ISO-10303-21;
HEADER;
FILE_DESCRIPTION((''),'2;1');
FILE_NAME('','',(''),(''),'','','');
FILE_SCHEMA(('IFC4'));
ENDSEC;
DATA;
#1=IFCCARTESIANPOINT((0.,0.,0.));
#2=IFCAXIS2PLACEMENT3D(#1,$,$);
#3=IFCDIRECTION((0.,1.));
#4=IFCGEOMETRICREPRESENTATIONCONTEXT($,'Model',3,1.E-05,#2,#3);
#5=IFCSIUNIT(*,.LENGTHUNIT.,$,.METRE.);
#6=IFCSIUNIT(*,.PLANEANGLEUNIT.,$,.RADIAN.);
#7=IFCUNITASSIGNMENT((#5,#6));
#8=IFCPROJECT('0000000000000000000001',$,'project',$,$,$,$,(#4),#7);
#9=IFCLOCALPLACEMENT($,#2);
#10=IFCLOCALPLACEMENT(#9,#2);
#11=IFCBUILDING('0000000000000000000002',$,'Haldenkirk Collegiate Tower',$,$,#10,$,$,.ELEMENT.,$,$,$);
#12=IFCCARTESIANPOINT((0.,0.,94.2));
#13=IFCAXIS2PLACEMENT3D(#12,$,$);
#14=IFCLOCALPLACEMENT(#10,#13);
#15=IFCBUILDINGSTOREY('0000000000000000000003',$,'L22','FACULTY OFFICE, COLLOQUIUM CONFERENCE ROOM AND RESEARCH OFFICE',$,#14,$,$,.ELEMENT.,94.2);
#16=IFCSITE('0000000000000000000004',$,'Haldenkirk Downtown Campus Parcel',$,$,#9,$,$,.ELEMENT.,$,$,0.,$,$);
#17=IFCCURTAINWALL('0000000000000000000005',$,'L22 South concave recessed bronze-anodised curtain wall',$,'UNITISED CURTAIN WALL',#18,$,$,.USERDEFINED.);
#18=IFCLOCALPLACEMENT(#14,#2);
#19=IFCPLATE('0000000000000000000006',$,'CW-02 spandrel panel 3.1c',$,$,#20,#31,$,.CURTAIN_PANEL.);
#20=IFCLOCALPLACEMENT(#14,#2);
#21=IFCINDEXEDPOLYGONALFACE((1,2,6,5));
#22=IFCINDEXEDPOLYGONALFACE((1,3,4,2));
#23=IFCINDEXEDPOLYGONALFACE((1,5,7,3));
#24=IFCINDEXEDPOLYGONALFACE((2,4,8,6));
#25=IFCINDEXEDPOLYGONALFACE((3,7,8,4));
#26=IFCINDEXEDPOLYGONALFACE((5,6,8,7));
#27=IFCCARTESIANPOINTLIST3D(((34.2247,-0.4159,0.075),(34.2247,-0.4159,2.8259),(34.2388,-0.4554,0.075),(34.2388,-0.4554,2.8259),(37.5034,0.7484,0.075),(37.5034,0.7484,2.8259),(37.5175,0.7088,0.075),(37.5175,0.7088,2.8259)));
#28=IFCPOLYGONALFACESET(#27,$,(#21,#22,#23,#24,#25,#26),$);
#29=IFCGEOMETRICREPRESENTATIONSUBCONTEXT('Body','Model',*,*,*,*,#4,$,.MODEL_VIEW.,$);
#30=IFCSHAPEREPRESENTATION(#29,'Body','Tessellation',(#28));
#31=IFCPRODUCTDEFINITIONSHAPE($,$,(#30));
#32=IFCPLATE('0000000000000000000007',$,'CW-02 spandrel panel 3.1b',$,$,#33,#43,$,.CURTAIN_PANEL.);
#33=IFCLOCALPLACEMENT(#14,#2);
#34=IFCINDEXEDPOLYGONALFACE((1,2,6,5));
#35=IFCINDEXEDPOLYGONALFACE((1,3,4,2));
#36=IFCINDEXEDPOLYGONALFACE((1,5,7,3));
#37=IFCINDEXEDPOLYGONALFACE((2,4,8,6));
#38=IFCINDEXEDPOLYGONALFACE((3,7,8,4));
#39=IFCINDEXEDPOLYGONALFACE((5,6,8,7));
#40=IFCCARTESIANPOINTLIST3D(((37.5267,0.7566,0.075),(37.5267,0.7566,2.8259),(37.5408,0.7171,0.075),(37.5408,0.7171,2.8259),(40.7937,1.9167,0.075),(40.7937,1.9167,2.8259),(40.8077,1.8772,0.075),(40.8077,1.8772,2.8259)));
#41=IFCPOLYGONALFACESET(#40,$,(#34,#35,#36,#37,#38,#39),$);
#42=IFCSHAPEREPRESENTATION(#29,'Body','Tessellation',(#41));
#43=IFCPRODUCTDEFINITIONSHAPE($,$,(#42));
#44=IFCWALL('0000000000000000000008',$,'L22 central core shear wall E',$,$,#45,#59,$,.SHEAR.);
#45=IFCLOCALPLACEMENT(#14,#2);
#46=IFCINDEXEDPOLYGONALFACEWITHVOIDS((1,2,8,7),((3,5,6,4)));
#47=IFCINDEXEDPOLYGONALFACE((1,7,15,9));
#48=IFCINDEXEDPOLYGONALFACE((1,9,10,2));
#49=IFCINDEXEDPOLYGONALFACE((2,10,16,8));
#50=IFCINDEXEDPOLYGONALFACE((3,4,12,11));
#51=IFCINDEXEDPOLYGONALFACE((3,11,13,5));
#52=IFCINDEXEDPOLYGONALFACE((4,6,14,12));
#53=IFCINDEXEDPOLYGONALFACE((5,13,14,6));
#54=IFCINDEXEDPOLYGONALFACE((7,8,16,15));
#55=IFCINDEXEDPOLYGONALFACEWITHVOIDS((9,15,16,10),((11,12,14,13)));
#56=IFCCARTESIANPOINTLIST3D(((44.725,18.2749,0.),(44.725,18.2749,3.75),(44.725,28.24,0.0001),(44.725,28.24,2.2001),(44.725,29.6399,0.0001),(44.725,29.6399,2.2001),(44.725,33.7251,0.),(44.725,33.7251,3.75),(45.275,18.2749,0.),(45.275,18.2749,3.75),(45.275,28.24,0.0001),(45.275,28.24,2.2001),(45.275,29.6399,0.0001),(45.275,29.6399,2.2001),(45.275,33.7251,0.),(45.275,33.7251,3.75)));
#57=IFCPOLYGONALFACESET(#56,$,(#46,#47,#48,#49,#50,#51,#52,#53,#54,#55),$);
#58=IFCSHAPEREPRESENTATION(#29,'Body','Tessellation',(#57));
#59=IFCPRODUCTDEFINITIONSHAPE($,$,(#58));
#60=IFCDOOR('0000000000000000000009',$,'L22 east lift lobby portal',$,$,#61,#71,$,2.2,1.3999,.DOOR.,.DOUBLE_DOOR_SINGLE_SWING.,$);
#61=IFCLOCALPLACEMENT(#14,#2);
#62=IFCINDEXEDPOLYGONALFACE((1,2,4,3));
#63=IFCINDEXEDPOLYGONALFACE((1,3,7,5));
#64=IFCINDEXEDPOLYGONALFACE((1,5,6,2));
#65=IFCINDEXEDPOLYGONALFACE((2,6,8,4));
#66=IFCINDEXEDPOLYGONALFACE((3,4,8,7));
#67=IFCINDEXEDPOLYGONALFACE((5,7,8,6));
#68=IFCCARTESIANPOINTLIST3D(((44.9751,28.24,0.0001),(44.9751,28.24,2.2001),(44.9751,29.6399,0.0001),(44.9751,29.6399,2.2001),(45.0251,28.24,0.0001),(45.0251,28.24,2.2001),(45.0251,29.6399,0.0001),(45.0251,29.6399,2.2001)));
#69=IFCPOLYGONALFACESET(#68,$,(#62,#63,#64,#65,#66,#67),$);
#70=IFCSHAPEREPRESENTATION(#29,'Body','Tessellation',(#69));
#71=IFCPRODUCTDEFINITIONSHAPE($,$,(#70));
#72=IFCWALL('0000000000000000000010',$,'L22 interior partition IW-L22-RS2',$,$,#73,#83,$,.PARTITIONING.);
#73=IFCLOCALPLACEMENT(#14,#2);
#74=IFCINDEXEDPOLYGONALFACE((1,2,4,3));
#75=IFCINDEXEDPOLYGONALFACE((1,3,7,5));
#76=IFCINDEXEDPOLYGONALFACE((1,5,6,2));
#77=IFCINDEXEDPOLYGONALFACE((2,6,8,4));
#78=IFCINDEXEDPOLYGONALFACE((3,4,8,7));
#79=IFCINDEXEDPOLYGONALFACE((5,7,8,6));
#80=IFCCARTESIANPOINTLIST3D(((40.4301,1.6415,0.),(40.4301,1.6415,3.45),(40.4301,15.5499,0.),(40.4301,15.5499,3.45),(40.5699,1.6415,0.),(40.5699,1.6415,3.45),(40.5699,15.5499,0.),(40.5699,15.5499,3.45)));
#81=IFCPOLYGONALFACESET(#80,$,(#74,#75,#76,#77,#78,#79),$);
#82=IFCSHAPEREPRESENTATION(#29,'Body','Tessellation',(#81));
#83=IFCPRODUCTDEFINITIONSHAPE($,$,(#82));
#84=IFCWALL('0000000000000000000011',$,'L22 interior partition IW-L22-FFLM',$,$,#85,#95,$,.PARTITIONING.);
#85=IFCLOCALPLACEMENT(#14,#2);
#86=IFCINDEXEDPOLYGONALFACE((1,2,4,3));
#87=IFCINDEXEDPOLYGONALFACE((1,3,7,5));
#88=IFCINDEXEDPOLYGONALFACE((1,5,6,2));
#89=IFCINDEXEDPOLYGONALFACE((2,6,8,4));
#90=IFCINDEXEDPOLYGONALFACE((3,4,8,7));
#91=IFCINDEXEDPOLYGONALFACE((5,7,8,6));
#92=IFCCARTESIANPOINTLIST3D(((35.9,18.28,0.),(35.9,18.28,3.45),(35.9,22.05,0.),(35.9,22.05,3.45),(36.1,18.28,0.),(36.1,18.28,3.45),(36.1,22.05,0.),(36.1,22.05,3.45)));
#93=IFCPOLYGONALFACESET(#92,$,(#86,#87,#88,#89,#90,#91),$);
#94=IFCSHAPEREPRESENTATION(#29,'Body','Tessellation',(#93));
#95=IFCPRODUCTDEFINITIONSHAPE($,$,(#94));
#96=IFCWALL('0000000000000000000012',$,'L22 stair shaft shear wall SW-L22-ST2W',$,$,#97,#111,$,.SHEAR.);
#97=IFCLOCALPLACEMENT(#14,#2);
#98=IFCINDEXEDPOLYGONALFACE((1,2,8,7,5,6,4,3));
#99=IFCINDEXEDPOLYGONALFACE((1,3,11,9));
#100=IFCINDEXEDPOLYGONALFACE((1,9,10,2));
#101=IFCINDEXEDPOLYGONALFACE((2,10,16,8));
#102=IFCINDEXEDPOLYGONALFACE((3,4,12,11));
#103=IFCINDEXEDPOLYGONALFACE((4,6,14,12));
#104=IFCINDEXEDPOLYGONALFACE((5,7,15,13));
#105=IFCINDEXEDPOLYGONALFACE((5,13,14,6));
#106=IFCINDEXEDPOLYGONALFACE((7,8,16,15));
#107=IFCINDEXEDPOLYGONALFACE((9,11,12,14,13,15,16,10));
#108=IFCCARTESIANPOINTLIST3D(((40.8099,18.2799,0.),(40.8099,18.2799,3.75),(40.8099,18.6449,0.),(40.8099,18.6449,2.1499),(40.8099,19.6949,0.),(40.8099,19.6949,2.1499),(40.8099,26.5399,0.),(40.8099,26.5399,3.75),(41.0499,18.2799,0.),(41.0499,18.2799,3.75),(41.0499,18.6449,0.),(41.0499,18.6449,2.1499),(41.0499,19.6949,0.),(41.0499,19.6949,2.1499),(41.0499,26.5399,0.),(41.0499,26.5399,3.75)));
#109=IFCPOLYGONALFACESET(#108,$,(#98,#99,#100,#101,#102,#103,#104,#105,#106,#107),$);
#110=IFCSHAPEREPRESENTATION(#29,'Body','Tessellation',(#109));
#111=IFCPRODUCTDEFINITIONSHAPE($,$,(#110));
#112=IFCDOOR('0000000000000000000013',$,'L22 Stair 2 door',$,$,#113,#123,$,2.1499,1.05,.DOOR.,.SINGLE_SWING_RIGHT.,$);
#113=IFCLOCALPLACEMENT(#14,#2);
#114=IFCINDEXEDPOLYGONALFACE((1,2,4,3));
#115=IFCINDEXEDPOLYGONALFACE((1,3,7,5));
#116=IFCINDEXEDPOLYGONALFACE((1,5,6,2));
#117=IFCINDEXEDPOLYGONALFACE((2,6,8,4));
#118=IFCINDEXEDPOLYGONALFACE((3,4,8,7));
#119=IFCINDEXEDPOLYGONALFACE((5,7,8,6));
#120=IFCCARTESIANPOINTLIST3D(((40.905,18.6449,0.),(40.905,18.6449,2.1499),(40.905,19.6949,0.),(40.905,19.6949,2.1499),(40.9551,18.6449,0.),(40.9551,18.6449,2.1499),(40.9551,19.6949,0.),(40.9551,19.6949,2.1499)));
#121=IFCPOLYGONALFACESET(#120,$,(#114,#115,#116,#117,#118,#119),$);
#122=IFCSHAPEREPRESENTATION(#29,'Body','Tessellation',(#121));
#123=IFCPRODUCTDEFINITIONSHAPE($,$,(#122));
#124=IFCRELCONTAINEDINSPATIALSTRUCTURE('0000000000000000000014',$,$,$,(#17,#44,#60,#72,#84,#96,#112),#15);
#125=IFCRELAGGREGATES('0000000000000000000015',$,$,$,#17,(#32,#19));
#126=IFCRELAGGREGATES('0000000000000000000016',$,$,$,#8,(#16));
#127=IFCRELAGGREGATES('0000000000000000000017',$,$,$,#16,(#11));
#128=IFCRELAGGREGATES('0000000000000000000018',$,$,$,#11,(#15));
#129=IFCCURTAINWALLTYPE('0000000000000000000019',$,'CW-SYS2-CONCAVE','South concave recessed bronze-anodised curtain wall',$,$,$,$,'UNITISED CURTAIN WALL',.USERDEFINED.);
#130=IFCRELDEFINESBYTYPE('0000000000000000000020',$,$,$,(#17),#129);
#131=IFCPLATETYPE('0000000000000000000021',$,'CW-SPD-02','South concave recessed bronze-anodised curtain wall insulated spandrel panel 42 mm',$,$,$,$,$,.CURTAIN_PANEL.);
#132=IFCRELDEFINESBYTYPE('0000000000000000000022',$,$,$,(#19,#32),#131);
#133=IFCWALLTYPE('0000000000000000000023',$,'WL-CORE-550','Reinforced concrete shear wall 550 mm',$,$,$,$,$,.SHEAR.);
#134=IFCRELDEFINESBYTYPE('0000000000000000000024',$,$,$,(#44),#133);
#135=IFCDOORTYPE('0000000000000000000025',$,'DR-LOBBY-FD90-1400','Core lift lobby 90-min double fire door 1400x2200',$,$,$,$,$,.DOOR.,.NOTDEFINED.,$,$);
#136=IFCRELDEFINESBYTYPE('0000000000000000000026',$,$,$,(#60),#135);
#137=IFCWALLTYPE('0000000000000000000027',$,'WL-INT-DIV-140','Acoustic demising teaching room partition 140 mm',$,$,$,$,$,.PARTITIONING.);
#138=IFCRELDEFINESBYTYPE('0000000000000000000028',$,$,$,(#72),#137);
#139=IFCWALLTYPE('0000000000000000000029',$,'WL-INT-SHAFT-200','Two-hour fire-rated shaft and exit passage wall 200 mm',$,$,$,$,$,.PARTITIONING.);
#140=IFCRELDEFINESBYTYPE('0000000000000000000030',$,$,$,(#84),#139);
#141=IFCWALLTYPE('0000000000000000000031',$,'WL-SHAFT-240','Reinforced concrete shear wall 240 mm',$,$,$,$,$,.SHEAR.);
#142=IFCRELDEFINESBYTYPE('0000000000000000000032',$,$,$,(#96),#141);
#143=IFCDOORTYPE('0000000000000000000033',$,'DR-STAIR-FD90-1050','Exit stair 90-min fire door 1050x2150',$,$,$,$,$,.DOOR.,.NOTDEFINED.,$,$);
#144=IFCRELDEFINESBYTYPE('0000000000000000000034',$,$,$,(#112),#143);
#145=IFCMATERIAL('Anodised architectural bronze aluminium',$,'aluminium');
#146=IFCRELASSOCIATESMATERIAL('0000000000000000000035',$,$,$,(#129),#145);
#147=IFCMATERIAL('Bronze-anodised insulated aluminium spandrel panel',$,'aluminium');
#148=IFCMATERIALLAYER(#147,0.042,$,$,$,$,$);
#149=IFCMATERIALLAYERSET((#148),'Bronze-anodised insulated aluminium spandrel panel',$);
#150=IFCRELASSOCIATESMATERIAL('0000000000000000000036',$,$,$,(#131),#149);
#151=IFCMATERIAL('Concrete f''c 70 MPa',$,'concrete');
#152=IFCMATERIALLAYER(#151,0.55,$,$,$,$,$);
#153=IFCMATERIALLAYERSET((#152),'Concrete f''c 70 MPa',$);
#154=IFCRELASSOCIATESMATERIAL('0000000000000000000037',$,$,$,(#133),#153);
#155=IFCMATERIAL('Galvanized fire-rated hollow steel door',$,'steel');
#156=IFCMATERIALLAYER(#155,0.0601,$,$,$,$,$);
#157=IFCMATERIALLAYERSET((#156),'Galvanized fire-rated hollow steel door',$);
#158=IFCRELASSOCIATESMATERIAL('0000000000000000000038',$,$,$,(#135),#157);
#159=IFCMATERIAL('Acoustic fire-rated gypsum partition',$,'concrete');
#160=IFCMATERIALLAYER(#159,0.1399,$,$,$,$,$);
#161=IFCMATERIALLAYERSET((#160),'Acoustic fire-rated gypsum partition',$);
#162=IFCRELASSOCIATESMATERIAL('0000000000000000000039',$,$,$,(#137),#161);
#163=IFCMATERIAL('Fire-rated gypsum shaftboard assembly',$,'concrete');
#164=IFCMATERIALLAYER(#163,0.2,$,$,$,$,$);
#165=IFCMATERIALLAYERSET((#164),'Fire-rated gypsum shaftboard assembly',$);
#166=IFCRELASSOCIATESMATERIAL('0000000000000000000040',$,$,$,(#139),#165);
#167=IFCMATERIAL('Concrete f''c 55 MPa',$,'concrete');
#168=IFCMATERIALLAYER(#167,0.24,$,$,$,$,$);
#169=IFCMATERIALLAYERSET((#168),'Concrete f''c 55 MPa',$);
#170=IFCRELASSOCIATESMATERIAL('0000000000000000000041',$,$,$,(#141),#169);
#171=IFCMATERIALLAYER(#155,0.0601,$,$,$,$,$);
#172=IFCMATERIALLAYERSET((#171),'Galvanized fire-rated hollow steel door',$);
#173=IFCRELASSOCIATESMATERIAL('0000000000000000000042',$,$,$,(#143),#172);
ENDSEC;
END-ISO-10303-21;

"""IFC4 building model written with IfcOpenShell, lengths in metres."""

from ifc_helpers import new_model, si_unit, direction, frame, frame_2d, origin, origin_2d, place, context, subcontext, project, spatial, rectangle, extrude, source, transform, mapped, material, layer, layer_set, type_object, element, fill, aggregate, save


model = new_model("IFC4")

# Units and contexts
model_context = context("Model", 3, precision=1e-05, world=origin(), true_north=direction((0.0, 1.0)))
body_context = subcontext(model_context, "Body", "Model", "MODEL_VIEW")
ifc_project = project(units=[si_unit("LENGTHUNIT", "METRE"), si_unit("PLANEANGLEUNIT", "RADIAN")], contexts=[model_context])

# Site, building, storey
site_placement = place(None, origin())
site = spatial("IfcSite", under=ifc_project, at=site_placement, Name="Haldenkirk Downtown Campus Parcel", CompositionType="ELEMENT", RefElevation=0.0)
building_placement = place(site_placement, origin())
building = spatial("IfcBuilding", under=site, at=building_placement, Name="Haldenkirk Collegiate Tower", CompositionType="ELEMENT")
storey_placement = place(building_placement, frame((0.0, 0.0, 94.2)))
storey = spatial("IfcBuildingStorey", under=building, at=storey_placement, Name="L22", Description="FACULTY OFFICE, COLLOQUIUM CONFERENCE ROOM AND RESEARCH OFFICE", CompositionType="ELEMENT", Elevation=94.2)

# Curtain wall
ifc_material_1 = material(Name="Anodised architectural bronze aluminium", Category="aluminium")
curtain_wall_type = type_object("IfcCurtainWallType", Name="CW-SYS2-CONCAVE", Description="South concave recessed bronze-anodised curtain wall", ElementType="UNITISED CURTAIN WALL", PredefinedType="USERDEFINED", material=ifc_material_1)
curtain_wall_placement = place(storey_placement, origin())
curtain_wall = element("IfcCurtainWall", 1, at=curtain_wall_placement, inside=storey, type_object=curtain_wall_type, Name="L22 South concave recessed bronze-anodised curtain wall", ObjectType="UNITISED CURTAIN WALL", PredefinedType="USERDEFINED")

# Plates
shared_shape_1 = source(origin(), body_context, "Body", "SweptSolid", [
    extrude(rectangle(XDim=3.4792, YDim=0.042, at=origin_2d()), origin(), (0.0, 0.0, 1.0), 2.751),
])
ifc_material_2 = material(Name="Bronze-anodised insulated aluminium spandrel panel", Category="aluminium")
ifc_layer_1 = layer(ifc_material_2, 0.042)
ifc_layer_set_1 = layer_set([ifc_layer_1], Name="Bronze-anodised insulated aluminium spandrel panel")
plate_type_1 = type_object("IfcPlateType", Name="CW-SPD-02", Description="South concave recessed bronze-anodised curtain wall insulated spandrel panel 42 mm", PredefinedType="CURTAIN_PANEL", material=ifc_layer_set_1)
plate_1_placement = place(storey_placement, frame((35.8711, 0.1465, 0.075), z_axis=(0.0, 0.0, 1.0), x_axis=(-0.94235, -0.334628, 0.0)))
plate_1 = element("IfcPlate", 2, at=plate_1_placement, type_object=plate_type_1, Name="CW-02 spandrel panel 3.1c", PredefinedType="CURTAIN_PANEL", context=body_context, shape_type="MappedRepresentation", body=[
    mapped(shared_shape_1, transform((0.0, 0.0, 0.0), x_axis=(1.0, 0.0, 0.0), y_axis=(0.0, 1.0, 0.0), z_axis=(0.0, 0.0, 1.0), scale=1.0)),
])
shared_shape_2 = source(origin(), body_context, "Body", "SweptSolid", [
    extrude(rectangle(XDim=3.4668, YDim=0.042, at=origin_2d()), origin(), (0.0, 0.0, 1.0), 2.751),
])
plate_2_placement = place(storey_placement, frame((39.1672, 1.3169, 0.075), z_axis=(0.0, 0.0, 1.0), x_axis=(-0.94235, -0.334628, 0.0)))
plate_2 = element("IfcPlate", 3, at=plate_2_placement, type_object=plate_type_1, Name="CW-02 spandrel panel 3.1b", PredefinedType="CURTAIN_PANEL", context=body_context, shape_type="MappedRepresentation", body=[
    mapped(shared_shape_2, transform((0.0, 0.0, 0.0), x_axis=(1.0, 0.0, 0.0), y_axis=(0.0, 1.0, 0.0), z_axis=(0.0, 0.0, 1.0), scale=1.0)),
])
aggregate(curtain_wall, [plate_2, plate_1])

# Wall, opening, door
ifc_material_3 = material(Name="Concrete f'c 70 MPa", Category="concrete")
ifc_layer_2 = layer(ifc_material_3, 0.55)
ifc_layer_set_2 = layer_set([ifc_layer_2], Name="Concrete f'c 70 MPa")
wall_type_1 = type_object("IfcWallType", Name="WL-CORE-550", Description="Reinforced concrete shear wall 550 mm", PredefinedType="SHEAR", material=ifc_layer_set_2)
wall_1_placement = place(storey_placement, frame((45.0, 18.2749, 0.0), z_axis=(0.0, 0.0, 1.0), x_axis=(0.0, 1.0, 0.0)))
wall_1 = element("IfcWall", 4, at=wall_1_placement, inside=storey, type_object=wall_type_1, Name="L22 central core shear wall E", PredefinedType="SHEAR", context=body_context, shape_type="SweptSolid", body=[
    extrude(rectangle(XDim=15.4502, YDim=0.55, at=frame_2d((7.7251, 0.0))), origin(), (0.0, 0.0, 1.0), 3.75),
])
opening_1_placement = place(wall_1_placement, frame((9.9651, 0.0, 0.0)))
opening_1 = element("IfcOpeningElement", 5, at=opening_1_placement, cuts=wall_1, PredefinedType="OPENING", context=body_context, shape_type="SweptSolid", body=[
    extrude(rectangle(XDim=1.3999, YDim=2.2, at=frame_2d((0.7, 1.1001))), frame((0.0, 0.2849, 0.0), z_axis=(0.0, -1.0, 0.0), x_axis=(1.0, 0.0, 0.0)), (0.0, 0.0, 1.0), 0.5701),
])
ifc_material_4 = material(Name="Galvanized fire-rated hollow steel door", Category="steel")
ifc_layer_3 = layer(ifc_material_4, 0.0601)
ifc_layer_set_3 = layer_set([ifc_layer_3], Name="Galvanized fire-rated hollow steel door")
door_type_1 = type_object("IfcDoorType", Name="DR-LOBBY-FD90-1400", Description="Core lift lobby 90-min double fire door 1400x2200", OperationType="NOTDEFINED", PredefinedType="DOOR", material=ifc_layer_set_3)
door_1_placement = place(opening_1_placement, origin())
door_1 = element("IfcDoor", 6, at=door_1_placement, inside=storey, type_object=door_type_1, Name="L22 east lift lobby portal", OperationType="DOUBLE_DOOR_SINGLE_SWING", OverallHeight=2.2, OverallWidth=1.3999, PredefinedType="DOOR", context=body_context, shape_type="SweptSolid", body=[
    extrude(rectangle(XDim=1.3999, YDim=2.2, at=frame_2d((0.7, 1.1001))), frame((0.0, 0.0249, 0.0), z_axis=(0.0, -1.0, 0.0), x_axis=(1.0, 0.0, 0.0)), (0.0, 0.0, 1.0), 0.05),
])
fill(opening_1, door_1)

# Walls
ifc_material_5 = material(Name="Acoustic fire-rated gypsum partition", Category="concrete")
ifc_layer_4 = layer(ifc_material_5, 0.1399)
ifc_layer_set_4 = layer_set([ifc_layer_4], Name="Acoustic fire-rated gypsum partition")
wall_type_2 = type_object("IfcWallType", Name="WL-INT-DIV-140", Description="Acoustic demising teaching room partition 140 mm", PredefinedType="PARTITIONING", material=ifc_layer_set_4)
wall_2_placement = place(storey_placement, frame((40.5, 1.6416, 0.0), z_axis=(0.0, 0.0, 1.0), x_axis=(0.0, 1.0, 0.0)))
element("IfcWall", 7, at=wall_2_placement, inside=storey, type_object=wall_type_2, Name="L22 interior partition IW-L22-RS2", PredefinedType="PARTITIONING", context=body_context, shape_type="SweptSolid", body=[
    extrude(rectangle(XDim=13.9084, YDim=0.1399, at=frame_2d((6.9541, 0.0))), origin(), (0.0, 0.0, 1.0), 3.45),
])
ifc_material_6 = material(Name="Fire-rated gypsum shaftboard assembly", Category="concrete")
ifc_layer_5 = layer(ifc_material_6, 0.2)
ifc_layer_set_5 = layer_set([ifc_layer_5], Name="Fire-rated gypsum shaftboard assembly")
wall_type_3 = type_object("IfcWallType", Name="WL-INT-SHAFT-200", Description="Two-hour fire-rated shaft and exit passage wall 200 mm", PredefinedType="PARTITIONING", material=ifc_layer_set_5)
wall_3_placement = place(storey_placement, frame((36.0, 18.28, 0.0), z_axis=(0.0, 0.0, 1.0), x_axis=(0.0, 1.0, 0.0)))
element("IfcWall", 8, at=wall_3_placement, inside=storey, type_object=wall_type_3, Name="L22 interior partition IW-L22-FFLM", PredefinedType="PARTITIONING", context=body_context, shape_type="SweptSolid", body=[
    extrude(rectangle(XDim=3.77, YDim=0.2, at=frame_2d((1.885, 0.0))), origin(), (0.0, 0.0, 1.0), 3.45),
])

# Wall, opening, door
ifc_material_7 = material(Name="Concrete f'c 55 MPa", Category="concrete")
ifc_layer_6 = layer(ifc_material_7, 0.24)
ifc_layer_set_6 = layer_set([ifc_layer_6], Name="Concrete f'c 55 MPa")
wall_type_4 = type_object("IfcWallType", Name="WL-SHAFT-240", Description="Reinforced concrete shear wall 240 mm", PredefinedType="SHEAR", material=ifc_layer_set_6)
wall_4_placement = place(storey_placement, frame((40.9299, 18.28, 0.0), z_axis=(0.0, 0.0, 1.0), x_axis=(0.0, 1.0, 0.0)))
wall_4 = element("IfcWall", 9, at=wall_4_placement, inside=storey, type_object=wall_type_4, Name="L22 stair shaft shear wall SW-L22-ST2W", PredefinedType="SHEAR", context=body_context, shape_type="SweptSolid", body=[
    extrude(rectangle(XDim=8.26, YDim=0.24, at=frame_2d((4.1299, 0.0))), origin(), (0.0, 0.0, 1.0), 3.75),
])
opening_2_placement = place(wall_4_placement, frame((0.365, 0.0, 0.0)))
opening_2 = element("IfcOpeningElement", 10, at=opening_2_placement, cuts=wall_4, PredefinedType="OPENING", context=body_context, shape_type="SweptSolid", body=[
    extrude(rectangle(XDim=1.05, YDim=2.1499, at=frame_2d((0.5249, 1.075))), frame((0.0, 0.1299, 0.0), z_axis=(0.0, -1.0, 0.0), x_axis=(1.0, 0.0, 0.0)), (0.0, 0.0, 1.0), 0.26),
])
ifc_layer_7 = layer(ifc_material_4, 0.0601)
ifc_layer_set_7 = layer_set([ifc_layer_7], Name="Galvanized fire-rated hollow steel door")
door_type_2 = type_object("IfcDoorType", Name="DR-STAIR-FD90-1050", Description="Exit stair 90-min fire door 1050x2150", OperationType="NOTDEFINED", PredefinedType="DOOR", material=ifc_layer_set_7)
door_2_placement = place(opening_2_placement, origin())
door_2 = element("IfcDoor", 11, at=door_2_placement, inside=storey, type_object=door_type_2, Name="L22 Stair 2 door", OperationType="SINGLE_SWING_RIGHT", OverallHeight=2.1499, OverallWidth=1.05, PredefinedType="DOOR", context=body_context, shape_type="SweptSolid", body=[
    extrude(rectangle(XDim=1.05, YDim=2.1499, at=frame_2d((0.5249, 1.075))), frame((0.0, 0.0249, 0.0), z_axis=(0.0, -1.0, 0.0), x_axis=(1.0, 0.0, 0.0)), (0.0, 0.0, 1.0), 0.05),
])
fill(opening_2, door_2)

save(model, "model.ifc")
